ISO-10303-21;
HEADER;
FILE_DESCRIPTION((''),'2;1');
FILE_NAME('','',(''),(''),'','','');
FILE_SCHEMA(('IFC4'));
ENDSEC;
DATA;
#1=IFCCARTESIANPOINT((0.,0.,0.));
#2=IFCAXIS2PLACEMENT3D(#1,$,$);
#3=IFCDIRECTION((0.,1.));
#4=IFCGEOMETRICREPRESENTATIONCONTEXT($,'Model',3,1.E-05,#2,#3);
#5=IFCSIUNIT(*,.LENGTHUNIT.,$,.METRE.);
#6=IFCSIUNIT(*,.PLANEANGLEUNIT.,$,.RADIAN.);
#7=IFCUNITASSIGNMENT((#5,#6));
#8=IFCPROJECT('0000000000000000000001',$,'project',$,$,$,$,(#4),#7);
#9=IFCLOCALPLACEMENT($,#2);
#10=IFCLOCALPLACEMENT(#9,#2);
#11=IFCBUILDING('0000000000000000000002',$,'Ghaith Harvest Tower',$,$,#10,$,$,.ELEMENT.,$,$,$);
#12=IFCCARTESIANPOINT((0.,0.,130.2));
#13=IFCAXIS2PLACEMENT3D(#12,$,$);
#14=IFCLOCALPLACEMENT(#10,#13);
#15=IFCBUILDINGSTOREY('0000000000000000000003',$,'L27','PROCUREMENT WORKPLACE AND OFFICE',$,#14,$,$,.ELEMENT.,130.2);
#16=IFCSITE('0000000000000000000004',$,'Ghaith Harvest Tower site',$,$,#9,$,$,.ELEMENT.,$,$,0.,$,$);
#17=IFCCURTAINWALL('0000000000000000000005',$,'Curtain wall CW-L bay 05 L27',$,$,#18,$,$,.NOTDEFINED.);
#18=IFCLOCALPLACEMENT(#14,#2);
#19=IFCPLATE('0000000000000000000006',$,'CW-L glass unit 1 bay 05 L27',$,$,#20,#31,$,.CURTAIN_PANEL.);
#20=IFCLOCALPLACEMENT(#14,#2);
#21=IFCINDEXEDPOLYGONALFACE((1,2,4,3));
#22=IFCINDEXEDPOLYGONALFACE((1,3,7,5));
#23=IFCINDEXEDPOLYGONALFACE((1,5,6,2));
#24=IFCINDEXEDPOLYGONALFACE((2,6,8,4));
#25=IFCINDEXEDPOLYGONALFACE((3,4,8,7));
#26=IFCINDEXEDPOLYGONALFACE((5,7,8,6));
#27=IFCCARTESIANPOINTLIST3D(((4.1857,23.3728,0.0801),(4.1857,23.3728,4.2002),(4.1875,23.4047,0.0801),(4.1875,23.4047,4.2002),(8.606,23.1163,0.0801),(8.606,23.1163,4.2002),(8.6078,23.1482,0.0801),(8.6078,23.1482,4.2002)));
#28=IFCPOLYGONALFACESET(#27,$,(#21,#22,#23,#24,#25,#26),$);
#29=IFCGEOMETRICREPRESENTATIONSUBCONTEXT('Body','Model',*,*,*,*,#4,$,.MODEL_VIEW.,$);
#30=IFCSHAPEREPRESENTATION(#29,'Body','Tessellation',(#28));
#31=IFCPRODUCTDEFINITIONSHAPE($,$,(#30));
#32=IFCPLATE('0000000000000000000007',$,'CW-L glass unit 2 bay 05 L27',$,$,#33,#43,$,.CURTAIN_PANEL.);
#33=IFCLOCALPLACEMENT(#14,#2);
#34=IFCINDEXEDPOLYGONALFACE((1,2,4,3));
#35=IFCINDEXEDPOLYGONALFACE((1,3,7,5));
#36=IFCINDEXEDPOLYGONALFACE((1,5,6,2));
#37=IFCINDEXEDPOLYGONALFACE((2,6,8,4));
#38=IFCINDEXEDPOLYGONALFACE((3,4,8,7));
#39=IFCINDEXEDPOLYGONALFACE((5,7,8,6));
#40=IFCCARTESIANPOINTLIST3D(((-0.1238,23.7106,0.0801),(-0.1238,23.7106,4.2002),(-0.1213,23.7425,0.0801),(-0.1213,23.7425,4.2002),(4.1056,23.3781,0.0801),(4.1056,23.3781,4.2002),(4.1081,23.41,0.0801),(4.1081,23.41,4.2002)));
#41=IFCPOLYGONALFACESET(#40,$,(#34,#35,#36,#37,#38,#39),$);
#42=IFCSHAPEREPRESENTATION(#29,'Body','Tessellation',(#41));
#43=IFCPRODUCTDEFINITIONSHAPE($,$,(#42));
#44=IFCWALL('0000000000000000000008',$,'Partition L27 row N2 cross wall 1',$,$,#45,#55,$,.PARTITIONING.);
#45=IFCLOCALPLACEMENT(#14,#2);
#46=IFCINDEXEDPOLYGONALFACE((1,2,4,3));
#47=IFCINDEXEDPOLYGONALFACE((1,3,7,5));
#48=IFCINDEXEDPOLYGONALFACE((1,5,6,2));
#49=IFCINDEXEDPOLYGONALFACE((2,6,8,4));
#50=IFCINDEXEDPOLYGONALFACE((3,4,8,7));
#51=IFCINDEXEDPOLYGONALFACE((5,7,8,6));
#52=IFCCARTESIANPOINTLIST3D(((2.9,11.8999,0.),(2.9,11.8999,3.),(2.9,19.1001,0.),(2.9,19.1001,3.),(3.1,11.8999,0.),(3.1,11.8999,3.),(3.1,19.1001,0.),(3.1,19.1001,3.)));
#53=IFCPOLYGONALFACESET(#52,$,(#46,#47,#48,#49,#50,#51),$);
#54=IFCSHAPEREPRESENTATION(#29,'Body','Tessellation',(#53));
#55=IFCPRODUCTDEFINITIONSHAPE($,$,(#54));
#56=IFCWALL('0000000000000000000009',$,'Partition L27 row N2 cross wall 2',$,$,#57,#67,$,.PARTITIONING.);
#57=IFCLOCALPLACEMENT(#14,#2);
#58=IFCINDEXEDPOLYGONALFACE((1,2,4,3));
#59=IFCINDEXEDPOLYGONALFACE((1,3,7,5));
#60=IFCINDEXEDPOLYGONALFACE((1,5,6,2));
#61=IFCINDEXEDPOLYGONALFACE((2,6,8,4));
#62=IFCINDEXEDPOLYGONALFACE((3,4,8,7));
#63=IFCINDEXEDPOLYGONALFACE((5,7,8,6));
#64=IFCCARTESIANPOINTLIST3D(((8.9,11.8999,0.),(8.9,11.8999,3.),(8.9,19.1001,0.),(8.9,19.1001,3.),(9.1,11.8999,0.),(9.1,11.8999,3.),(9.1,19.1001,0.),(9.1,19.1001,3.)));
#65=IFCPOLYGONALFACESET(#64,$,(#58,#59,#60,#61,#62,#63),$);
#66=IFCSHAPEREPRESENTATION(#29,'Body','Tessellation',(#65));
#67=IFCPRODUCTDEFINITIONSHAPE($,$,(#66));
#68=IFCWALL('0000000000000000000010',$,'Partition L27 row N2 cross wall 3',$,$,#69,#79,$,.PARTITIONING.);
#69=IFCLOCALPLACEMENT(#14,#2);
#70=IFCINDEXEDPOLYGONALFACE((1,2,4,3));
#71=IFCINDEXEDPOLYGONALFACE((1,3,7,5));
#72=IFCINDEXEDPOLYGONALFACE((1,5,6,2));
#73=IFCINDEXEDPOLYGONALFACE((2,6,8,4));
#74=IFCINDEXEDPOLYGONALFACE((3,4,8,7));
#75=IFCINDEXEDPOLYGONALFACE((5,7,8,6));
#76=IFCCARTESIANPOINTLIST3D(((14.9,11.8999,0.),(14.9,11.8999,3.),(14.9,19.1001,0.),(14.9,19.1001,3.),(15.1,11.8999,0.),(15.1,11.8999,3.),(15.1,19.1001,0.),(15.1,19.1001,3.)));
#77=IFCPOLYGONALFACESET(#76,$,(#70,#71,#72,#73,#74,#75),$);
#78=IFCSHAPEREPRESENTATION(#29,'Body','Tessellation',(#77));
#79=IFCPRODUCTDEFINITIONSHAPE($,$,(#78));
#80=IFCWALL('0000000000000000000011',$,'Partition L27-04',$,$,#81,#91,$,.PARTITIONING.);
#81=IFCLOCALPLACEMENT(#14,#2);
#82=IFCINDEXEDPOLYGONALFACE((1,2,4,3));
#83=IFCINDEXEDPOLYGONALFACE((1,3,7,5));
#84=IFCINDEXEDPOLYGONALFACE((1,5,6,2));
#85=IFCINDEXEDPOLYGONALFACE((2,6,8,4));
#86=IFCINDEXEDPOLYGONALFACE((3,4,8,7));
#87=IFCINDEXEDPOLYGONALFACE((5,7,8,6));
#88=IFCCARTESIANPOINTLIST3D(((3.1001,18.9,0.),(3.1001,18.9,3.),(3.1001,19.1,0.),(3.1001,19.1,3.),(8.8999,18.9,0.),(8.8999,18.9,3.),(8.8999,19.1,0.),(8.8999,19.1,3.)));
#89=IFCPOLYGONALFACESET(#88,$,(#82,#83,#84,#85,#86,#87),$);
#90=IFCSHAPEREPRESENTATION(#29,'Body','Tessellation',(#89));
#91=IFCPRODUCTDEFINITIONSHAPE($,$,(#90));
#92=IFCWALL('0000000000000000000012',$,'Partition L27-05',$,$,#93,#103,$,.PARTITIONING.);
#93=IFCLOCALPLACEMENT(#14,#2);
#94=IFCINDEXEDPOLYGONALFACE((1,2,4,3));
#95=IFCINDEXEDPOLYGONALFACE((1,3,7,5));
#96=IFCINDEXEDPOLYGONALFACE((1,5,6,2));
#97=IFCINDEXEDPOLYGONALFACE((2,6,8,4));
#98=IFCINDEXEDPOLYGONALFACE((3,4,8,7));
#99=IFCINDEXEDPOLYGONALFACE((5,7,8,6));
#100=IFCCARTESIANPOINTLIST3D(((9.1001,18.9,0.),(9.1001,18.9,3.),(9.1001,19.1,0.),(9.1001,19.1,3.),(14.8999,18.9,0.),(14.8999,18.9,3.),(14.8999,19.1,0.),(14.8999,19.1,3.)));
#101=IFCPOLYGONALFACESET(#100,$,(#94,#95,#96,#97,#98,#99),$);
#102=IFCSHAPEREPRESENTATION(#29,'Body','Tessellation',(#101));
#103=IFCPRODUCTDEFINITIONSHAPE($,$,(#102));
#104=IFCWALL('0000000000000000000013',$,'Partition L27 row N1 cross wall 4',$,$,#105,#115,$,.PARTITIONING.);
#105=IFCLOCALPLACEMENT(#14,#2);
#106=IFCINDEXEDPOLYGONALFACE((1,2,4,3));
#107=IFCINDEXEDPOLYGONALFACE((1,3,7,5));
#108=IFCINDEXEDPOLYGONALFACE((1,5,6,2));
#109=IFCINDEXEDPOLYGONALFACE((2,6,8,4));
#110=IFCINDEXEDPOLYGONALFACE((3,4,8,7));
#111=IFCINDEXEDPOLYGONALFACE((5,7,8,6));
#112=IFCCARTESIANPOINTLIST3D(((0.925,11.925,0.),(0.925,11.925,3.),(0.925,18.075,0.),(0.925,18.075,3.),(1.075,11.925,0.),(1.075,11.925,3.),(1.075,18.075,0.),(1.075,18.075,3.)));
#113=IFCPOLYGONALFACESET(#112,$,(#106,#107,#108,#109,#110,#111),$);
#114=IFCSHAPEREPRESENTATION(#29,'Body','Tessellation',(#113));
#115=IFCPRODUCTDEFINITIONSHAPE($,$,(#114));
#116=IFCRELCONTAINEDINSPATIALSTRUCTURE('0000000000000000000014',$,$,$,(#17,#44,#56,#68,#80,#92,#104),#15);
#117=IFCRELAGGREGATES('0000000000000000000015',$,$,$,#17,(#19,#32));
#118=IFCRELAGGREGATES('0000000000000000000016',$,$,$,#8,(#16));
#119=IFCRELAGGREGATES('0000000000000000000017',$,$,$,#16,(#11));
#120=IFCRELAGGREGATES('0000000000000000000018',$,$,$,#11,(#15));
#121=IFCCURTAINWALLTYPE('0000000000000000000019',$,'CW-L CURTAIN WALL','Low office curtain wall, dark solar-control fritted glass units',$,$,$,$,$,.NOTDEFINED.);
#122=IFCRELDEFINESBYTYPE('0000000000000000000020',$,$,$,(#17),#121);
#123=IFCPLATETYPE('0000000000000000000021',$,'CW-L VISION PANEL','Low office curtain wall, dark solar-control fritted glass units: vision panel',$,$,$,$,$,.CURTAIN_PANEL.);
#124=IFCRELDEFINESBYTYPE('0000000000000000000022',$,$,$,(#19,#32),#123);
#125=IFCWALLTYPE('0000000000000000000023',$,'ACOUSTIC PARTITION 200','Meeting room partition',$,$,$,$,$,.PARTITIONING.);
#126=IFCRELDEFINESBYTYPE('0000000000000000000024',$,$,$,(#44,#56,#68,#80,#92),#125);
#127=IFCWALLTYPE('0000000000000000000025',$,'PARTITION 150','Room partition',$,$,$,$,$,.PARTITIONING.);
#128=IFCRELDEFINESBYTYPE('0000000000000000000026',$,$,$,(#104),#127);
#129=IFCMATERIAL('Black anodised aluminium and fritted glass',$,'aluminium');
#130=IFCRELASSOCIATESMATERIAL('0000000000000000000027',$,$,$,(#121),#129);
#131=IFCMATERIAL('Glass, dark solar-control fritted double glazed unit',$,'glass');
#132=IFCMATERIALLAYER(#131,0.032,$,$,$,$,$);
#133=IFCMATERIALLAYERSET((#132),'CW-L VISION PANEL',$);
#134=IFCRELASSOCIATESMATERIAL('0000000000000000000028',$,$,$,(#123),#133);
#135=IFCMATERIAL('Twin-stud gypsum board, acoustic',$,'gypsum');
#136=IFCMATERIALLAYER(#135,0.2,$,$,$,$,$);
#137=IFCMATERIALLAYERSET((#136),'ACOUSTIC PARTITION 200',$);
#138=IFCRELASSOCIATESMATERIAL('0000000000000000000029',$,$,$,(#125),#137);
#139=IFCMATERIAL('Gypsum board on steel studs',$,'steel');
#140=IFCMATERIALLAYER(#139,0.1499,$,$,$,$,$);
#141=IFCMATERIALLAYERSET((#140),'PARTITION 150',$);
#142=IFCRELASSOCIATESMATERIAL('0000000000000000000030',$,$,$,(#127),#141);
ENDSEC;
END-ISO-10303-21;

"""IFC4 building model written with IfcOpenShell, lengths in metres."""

from ifc_helpers import new_model, si_unit, direction, frame, frame_2d, origin, origin_2d, place, context, subcontext, project, spatial, rectangle, extrude, material, layer, layer_set, type_object, element, aggregate, save


model = new_model("IFC4")

# Units and contexts
model_context = context("Model", 3, precision=1e-05, world=origin(), true_north=direction((0.0, 1.0)))
body_context = subcontext(model_context, "Body", "Model", "MODEL_VIEW")
ifc_project = project(units=[si_unit("LENGTHUNIT", "METRE"), si_unit("PLANEANGLEUNIT", "RADIAN")], contexts=[model_context])

# Site, building, storey
site_placement = place(None, origin())
site = spatial("IfcSite", under=ifc_project, at=site_placement, Name="Ghaith Harvest Tower site", CompositionType="ELEMENT", RefElevation=0.0)
building_placement = place(site_placement, origin())
building = spatial("IfcBuilding", under=site, at=building_placement, Name="Ghaith Harvest Tower", CompositionType="ELEMENT")
storey_placement = place(building_placement, frame((0.0, 0.0, 130.2)))
storey = spatial("IfcBuildingStorey", under=building, at=storey_placement, Name="L27", Description="PROCUREMENT WORKPLACE AND OFFICE", CompositionType="ELEMENT", Elevation=130.2)

# Curtain wall
ifc_material_1 = material(Name="Black anodised aluminium and fritted glass", Category="aluminium")
curtain_wall_type = type_object("IfcCurtainWallType", Name="CW-L CURTAIN WALL", Description="Low office curtain wall, dark solar-control fritted glass units", PredefinedType="NOTDEFINED", material=ifc_material_1)
curtain_wall_1_placement = place(storey_placement, origin())
curtain_wall_1 = element("IfcCurtainWall", 1, at=curtain_wall_1_placement, inside=storey, type_object=curtain_wall_type, Name="Curtain wall CW-L bay 05 L27", PredefinedType="NOTDEFINED")

# Plates
ifc_material_2 = material(Name="Glass, dark solar-control fritted double glazed unit", Category="glass")
ifc_layer_1 = layer(ifc_material_2, 0.032)
ifc_layer_set_1 = layer_set([ifc_layer_1], Name="CW-L VISION PANEL")
plate_type = type_object("IfcPlateType", Name="CW-L VISION PANEL", Description="Low office curtain wall, dark solar-control fritted glass units: vision panel", PredefinedType="CURTAIN_PANEL", material=ifc_layer_set_1)
plate_1_placement = place(storey_placement, frame((6.3967, 23.2605, 0.0801), z_axis=(0.0, 0.0, 1.0), x_axis=(-0.998321, 0.057927, 0.0)))
plate_1 = element("IfcPlate", 2, at=plate_1_placement, type_object=plate_type, Name="CW-L glass unit 1 bay 05 L27", PredefinedType="CURTAIN_PANEL", context=body_context, shape_type="SweptSolid", body=[
    extrude(rectangle(XDim=4.4277, YDim=0.032, at=origin_2d()), origin(), (0.0, 0.0, 1.0), 4.1201),
])
plate_2_placement = place(storey_placement, frame((1.9922, 23.5603, 0.0801), z_axis=(0.0, 0.0, 1.0), x_axis=(-0.996925, 0.07836, 0.0)))
plate_2 = element("IfcPlate", 3, at=plate_2_placement, type_object=plate_type, Name="CW-L glass unit 2 bay 05 L27", PredefinedType="CURTAIN_PANEL", context=body_context, shape_type="SweptSolid", body=[
    extrude(rectangle(XDim=4.2424, YDim=0.032, at=origin_2d()), origin(), (0.0, 0.0, 1.0), 4.1201),
])
aggregate(curtain_wall_1, [plate_1, plate_2])

# Walls
ifc_material_3 = material(Name="Twin-stud gypsum board, acoustic", Category="gypsum")
ifc_layer_2 = layer(ifc_material_3, 0.2)
ifc_layer_set_2 = layer_set([ifc_layer_2], Name="ACOUSTIC PARTITION 200")
wall_type_1 = type_object("IfcWallType", Name="ACOUSTIC PARTITION 200", Description="Meeting room partition", PredefinedType="PARTITIONING", material=ifc_layer_set_2)
for number, where, z_axis, x_axis, name in (
    (4, (3.0, 11.8999, 0.0), (0.0, 0.0, 1.0), (0.0, 1.0, 0.0), "Partition L27 row N2 cross wall 1"),
    (5, (9.0, 11.8999, 0.0), (0.0, 0.0, 1.0), (0.0, 1.0, 0.0), "Partition L27 row N2 cross wall 2"),
    (6, (15.0, 11.8999, 0.0), (0.0, 0.0, 1.0), (0.0, 1.0, 0.0), "Partition L27 row N2 cross wall 3"),
):
    element("IfcWall", number, at=place(storey_placement, frame(where, z_axis=z_axis, x_axis=x_axis)), inside=storey, type_object=wall_type_1, Name=name, PredefinedType="PARTITIONING", context=body_context, shape_type="SweptSolid", body=[
        extrude(rectangle(XDim=7.2002, YDim=0.2, at=frame_2d((3.6001, 0.0))), origin(), (0.0, 0.0, 1.0), 3.0),
    ])

# Wall
wall_1_placement = place(storey_placement, frame((3.1001, 19.0, 0.0), z_axis=(0.0, 0.0, 1.0), x_axis=(1.0, 0.0, 0.0)))
element("IfcWall", 7, at=wall_1_placement, inside=storey, type_object=wall_type_1, Name="Partition L27-04", PredefinedType="PARTITIONING", context=body_context, shape_type="SweptSolid", body=[
    extrude(rectangle(XDim=5.7998, YDim=0.2, at=frame_2d((2.8999, 0.0))), origin(), (0.0, 0.0, 1.0), 3.0),
])

# Walls
wall_2_placement = place(storey_placement, frame((9.1001, 19.0, 0.0), z_axis=(0.0, 0.0, 1.0), x_axis=(1.0, 0.0, 0.0)))
element("IfcWall", 8, at=wall_2_placement, inside=storey, type_object=wall_type_1, Name="Partition L27-05", PredefinedType="PARTITIONING", context=body_context, shape_type="SweptSolid", body=[
    extrude(rectangle(XDim=5.7998, YDim=0.2, at=frame_2d((2.8999, 0.0))), origin(), (0.0, 0.0, 1.0), 3.0),
])
ifc_material_4 = material(Name="Gypsum board on steel studs", Category="steel")
ifc_layer_3 = layer(ifc_material_4, 0.1499)
ifc_layer_set_3 = layer_set([ifc_layer_3], Name="PARTITION 150")
wall_type_2 = type_object("IfcWallType", Name="PARTITION 150", Description="Room partition", PredefinedType="PARTITIONING", material=ifc_layer_set_3)
wall_3_placement = place(storey_placement, frame((1.0, 11.925, 0.0), z_axis=(0.0, 0.0, 1.0), x_axis=(0.0, 1.0, 0.0)))
element("IfcWall", 9, at=wall_3_placement, inside=storey, type_object=wall_type_2, Name="Partition L27 row N1 cross wall 4", PredefinedType="PARTITIONING", context=body_context, shape_type="SweptSolid", body=[
    extrude(rectangle(XDim=6.1499, YDim=0.1499, at=frame_2d((3.075, 0.0))), origin(), (0.0, 0.0, 1.0), 3.0),
])

save(model, "model.ifc")
